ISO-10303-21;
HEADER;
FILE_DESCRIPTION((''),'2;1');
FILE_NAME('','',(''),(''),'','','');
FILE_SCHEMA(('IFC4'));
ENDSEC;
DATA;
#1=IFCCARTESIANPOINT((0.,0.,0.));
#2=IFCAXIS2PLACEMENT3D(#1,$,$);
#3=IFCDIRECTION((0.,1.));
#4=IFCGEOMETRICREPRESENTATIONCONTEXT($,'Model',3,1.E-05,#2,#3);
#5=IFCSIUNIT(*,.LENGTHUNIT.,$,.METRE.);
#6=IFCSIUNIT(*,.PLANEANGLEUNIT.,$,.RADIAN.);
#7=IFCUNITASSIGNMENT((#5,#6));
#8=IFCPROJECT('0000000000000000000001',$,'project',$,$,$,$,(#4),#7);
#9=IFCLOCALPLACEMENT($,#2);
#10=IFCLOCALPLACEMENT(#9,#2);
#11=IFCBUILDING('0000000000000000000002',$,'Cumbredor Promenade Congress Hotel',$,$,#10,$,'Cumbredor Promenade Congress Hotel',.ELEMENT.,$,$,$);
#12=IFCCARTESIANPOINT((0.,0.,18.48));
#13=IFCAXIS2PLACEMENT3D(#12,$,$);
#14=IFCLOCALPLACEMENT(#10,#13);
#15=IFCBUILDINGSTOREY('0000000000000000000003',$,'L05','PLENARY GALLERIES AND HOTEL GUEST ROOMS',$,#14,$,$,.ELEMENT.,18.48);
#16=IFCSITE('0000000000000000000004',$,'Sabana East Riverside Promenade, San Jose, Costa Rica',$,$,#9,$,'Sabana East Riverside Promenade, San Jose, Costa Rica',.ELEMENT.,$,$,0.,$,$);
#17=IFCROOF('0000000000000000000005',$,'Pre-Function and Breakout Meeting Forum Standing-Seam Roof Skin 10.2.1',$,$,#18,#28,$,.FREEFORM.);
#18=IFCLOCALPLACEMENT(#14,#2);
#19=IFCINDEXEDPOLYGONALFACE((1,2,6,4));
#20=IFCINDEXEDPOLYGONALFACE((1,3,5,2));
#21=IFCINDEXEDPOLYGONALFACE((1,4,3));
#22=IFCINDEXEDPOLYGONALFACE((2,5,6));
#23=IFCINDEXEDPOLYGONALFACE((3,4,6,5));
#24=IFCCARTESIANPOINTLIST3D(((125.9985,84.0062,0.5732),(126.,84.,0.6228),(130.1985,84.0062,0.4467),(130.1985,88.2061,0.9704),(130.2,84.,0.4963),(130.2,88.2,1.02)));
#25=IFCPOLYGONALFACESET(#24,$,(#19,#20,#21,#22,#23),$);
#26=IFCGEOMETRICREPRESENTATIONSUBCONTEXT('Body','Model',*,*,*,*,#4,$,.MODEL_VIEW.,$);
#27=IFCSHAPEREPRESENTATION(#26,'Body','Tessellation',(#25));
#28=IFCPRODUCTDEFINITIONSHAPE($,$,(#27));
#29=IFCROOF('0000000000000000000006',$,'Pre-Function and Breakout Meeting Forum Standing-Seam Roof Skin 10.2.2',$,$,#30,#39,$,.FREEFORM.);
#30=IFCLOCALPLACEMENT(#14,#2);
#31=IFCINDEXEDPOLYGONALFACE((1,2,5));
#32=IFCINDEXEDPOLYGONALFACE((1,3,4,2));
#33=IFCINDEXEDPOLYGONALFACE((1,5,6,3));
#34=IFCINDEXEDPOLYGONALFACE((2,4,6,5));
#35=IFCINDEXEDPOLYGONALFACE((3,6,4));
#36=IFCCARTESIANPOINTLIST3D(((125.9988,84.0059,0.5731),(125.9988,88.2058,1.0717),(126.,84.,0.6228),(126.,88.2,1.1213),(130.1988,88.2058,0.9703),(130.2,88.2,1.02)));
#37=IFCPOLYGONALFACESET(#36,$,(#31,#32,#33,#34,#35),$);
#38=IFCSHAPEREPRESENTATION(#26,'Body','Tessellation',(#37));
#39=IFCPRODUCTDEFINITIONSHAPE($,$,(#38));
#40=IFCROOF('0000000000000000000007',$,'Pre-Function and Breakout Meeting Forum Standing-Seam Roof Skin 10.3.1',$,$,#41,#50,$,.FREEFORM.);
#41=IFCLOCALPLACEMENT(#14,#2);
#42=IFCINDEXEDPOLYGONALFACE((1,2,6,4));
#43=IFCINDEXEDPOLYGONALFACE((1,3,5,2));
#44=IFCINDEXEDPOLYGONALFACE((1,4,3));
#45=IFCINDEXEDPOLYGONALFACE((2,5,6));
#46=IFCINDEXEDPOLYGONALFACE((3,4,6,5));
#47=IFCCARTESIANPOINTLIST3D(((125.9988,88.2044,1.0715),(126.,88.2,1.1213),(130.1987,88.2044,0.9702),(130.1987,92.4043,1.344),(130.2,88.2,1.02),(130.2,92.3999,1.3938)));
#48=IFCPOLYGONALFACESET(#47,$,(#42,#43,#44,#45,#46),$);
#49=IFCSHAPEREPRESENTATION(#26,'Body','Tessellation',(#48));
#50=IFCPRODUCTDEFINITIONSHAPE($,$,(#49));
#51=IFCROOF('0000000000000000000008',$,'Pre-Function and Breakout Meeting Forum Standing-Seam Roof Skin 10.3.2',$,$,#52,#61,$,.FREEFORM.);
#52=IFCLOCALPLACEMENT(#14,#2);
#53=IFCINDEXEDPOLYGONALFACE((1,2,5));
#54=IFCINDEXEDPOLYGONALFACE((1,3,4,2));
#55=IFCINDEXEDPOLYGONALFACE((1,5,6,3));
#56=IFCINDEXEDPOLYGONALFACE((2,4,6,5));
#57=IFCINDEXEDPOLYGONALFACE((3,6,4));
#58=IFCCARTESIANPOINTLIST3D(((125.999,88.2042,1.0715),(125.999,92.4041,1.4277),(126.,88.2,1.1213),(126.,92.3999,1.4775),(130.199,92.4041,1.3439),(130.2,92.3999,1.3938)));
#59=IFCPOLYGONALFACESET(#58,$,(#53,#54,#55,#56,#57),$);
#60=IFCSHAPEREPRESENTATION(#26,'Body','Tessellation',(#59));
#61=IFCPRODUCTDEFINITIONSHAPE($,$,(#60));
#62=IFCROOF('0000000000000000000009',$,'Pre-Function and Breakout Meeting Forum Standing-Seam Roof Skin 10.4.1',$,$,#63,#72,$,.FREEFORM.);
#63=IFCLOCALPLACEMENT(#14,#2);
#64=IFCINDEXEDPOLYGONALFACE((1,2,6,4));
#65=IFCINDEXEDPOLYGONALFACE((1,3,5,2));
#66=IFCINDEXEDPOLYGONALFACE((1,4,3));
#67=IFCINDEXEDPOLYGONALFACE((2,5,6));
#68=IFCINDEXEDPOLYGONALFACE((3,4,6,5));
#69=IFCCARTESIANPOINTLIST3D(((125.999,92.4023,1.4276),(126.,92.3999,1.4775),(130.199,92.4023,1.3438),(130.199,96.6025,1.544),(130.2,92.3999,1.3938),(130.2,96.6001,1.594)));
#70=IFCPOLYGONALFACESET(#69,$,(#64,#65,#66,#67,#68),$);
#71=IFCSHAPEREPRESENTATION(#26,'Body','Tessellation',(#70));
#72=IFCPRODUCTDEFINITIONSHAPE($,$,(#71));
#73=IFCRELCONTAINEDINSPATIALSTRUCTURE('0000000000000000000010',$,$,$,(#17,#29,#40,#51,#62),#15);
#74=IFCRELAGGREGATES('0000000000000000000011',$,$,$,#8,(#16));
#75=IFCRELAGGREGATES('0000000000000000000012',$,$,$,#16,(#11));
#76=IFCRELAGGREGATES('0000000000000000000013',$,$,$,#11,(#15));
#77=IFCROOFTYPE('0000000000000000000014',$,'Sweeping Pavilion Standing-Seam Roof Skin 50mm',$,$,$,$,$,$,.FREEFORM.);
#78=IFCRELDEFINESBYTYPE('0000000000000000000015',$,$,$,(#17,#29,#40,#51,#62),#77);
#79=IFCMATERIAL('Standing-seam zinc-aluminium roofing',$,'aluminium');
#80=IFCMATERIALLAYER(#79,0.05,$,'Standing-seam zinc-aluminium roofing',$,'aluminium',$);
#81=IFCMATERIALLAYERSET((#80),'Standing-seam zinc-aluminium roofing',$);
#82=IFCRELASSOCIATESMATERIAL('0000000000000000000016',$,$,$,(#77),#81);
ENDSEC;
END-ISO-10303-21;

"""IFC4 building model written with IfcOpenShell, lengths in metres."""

from ifc_helpers import new_model, si_unit, direction, frame, origin, place, context, subcontext, project, spatial, polyline, outline, extrude, material, layer, layer_set, type_object, element, save


model = new_model("IFC4")

# Units and contexts
model_context = context("Model", 3, precision=1e-05, world=origin(), true_north=direction((0.0, 1.0)))
body_context = subcontext(model_context, "Body", "Model", "MODEL_VIEW")
ifc_project = project(units=[si_unit("LENGTHUNIT", "METRE"), si_unit("PLANEANGLEUNIT", "RADIAN")], contexts=[model_context])

# Site, building, storey
site_placement = place(None, origin())
site = spatial("IfcSite", under=ifc_project, at=site_placement, Name="Sabana East Riverside Promenade, San Jose, Costa Rica", LongName="Sabana East Riverside Promenade, San Jose, Costa Rica", CompositionType="ELEMENT", RefElevation=0.0)
building_placement = place(site_placement, origin())
building = spatial("IfcBuilding", under=site, at=building_placement, Name="Cumbredor Promenade Congress Hotel", LongName="Cumbredor Promenade Congress Hotel", CompositionType="ELEMENT")
storey_placement = place(building_placement, frame((0.0, 0.0, 18.48)))
storey = spatial("IfcBuildingStorey", under=building, at=storey_placement, Name="L05", Description="PLENARY GALLERIES AND HOTEL GUEST ROOMS", CompositionType="ELEMENT", Elevation=18.48)

# Roofs
ifc_material_1 = material(Name="Standing-seam zinc-aluminium roofing", Category="aluminium")
ifc_layer_1 = layer(ifc_material_1, 0.05, Name="Standing-seam zinc-aluminium roofing", Category="aluminium")
ifc_layer_set_1 = layer_set([ifc_layer_1], Name="Standing-seam zinc-aluminium roofing")
roof_type = type_object("IfcRoofType", Name="Sweeping Pavilion Standing-Seam Roof Skin 50mm", PredefinedType="FREEFORM", material=ifc_layer_set_1)
roof_1_placement = place(storey_placement, frame((126.0, 84.0, 0.6228), z_axis=(0.029866, -0.123674, 0.991873), x_axis=(0.999547, 0.0, -0.030097)))
element("IfcRoof", 1, at=roof_1_placement, inside=storey, type_object=roof_type, Name="Pre-Function and Breakout Meeting Forum Standing-Seam Roof Skin 10.2.1", PredefinedType="FREEFORM", context=body_context, shape_type="SweptSolid", body=[
    extrude(outline(polyline([(0.0, 0.0), (4.2019, 0.0), (4.1861, 4.2324), (0.0, 0.0)])), origin(), (0.0, 0.0, -1.0), 0.05),
])
roof_2_placement = place(storey_placement, frame((126.0, 84.0, 0.6228), z_axis=(0.023949, -0.117839, 0.992744), x_axis=(0.705531, 0.705531, 0.066727)))
element("IfcRoof", 2, at=roof_2_placement, inside=storey, type_object=roof_type, Name="Pre-Function and Breakout Meeting Forum Standing-Seam Roof Skin 10.2.2", PredefinedType="FREEFORM", context=body_context, shape_type="SweptSolid", body=[
    extrude(outline(polyline([(0.0, 0.0), (5.9529, 0.0), (2.9965, 2.9849), (0.0, 0.0)])), origin(), (0.0, 0.0, -1.0), 0.05),
])
roof_3_placement = place(storey_placement, frame((126.0, 88.2, 1.1213), z_axis=(0.024022, -0.08862, 0.995776), x_axis=(0.999709, 0.0, -0.024117)))
element("IfcRoof", 3, at=roof_3_placement, inside=storey, type_object=roof_type, Name="Pre-Function and Breakout Meeting Forum Standing-Seam Roof Skin 10.3.1", PredefinedType="FREEFORM", context=body_context, shape_type="SweptSolid", body=[
    extrude(outline(polyline([(0.0, 0.0), (4.2012, 0.0), (4.1922, 4.2165), (0.0, 0.0)])), origin(), (0.0, 0.0, -1.0), 0.05),
])
roof_4_placement = place(storey_placement, frame((126.0, 88.2, 1.1213), z_axis=(0.019863, -0.084491, 0.996226), x_axis=(0.706364, 0.706364, 0.045824)))
element("IfcRoof", 4, at=roof_4_placement, inside=storey, type_object=roof_type, Name="Pre-Function and Breakout Meeting Forum Standing-Seam Roof Skin 10.3.2", PredefinedType="FREEFORM", context=body_context, shape_type="SweptSolid", body=[
    extrude(outline(polyline([(0.0, 0.0), (5.9459, 0.0), (2.983, 2.9779), (0.0, 0.0)])), origin(), (0.0, 0.0, -1.0), 0.05),
])
roof_5_placement = place(storey_placement, frame((126.0, 92.3999, 1.4775), z_axis=(0.019912, -0.0476, 0.998668), x_axis=(0.999801, 0.0, -0.019934)))
element("IfcRoof", 5, at=roof_5_placement, inside=storey, type_object=roof_type, Name="Pre-Function and Breakout Meeting Forum Standing-Seam Roof Skin 10.4.1", PredefinedType="FREEFORM", context=body_context, shape_type="SweptSolid", body=[
    extrude(outline(polyline([(0.0, 0.0), (4.2008, 0.0), (4.1968, 4.205), (0.0, 0.0)])), origin(), (0.0, 0.0, -1.0), 0.05),
])

save(model, "model.ifc")
